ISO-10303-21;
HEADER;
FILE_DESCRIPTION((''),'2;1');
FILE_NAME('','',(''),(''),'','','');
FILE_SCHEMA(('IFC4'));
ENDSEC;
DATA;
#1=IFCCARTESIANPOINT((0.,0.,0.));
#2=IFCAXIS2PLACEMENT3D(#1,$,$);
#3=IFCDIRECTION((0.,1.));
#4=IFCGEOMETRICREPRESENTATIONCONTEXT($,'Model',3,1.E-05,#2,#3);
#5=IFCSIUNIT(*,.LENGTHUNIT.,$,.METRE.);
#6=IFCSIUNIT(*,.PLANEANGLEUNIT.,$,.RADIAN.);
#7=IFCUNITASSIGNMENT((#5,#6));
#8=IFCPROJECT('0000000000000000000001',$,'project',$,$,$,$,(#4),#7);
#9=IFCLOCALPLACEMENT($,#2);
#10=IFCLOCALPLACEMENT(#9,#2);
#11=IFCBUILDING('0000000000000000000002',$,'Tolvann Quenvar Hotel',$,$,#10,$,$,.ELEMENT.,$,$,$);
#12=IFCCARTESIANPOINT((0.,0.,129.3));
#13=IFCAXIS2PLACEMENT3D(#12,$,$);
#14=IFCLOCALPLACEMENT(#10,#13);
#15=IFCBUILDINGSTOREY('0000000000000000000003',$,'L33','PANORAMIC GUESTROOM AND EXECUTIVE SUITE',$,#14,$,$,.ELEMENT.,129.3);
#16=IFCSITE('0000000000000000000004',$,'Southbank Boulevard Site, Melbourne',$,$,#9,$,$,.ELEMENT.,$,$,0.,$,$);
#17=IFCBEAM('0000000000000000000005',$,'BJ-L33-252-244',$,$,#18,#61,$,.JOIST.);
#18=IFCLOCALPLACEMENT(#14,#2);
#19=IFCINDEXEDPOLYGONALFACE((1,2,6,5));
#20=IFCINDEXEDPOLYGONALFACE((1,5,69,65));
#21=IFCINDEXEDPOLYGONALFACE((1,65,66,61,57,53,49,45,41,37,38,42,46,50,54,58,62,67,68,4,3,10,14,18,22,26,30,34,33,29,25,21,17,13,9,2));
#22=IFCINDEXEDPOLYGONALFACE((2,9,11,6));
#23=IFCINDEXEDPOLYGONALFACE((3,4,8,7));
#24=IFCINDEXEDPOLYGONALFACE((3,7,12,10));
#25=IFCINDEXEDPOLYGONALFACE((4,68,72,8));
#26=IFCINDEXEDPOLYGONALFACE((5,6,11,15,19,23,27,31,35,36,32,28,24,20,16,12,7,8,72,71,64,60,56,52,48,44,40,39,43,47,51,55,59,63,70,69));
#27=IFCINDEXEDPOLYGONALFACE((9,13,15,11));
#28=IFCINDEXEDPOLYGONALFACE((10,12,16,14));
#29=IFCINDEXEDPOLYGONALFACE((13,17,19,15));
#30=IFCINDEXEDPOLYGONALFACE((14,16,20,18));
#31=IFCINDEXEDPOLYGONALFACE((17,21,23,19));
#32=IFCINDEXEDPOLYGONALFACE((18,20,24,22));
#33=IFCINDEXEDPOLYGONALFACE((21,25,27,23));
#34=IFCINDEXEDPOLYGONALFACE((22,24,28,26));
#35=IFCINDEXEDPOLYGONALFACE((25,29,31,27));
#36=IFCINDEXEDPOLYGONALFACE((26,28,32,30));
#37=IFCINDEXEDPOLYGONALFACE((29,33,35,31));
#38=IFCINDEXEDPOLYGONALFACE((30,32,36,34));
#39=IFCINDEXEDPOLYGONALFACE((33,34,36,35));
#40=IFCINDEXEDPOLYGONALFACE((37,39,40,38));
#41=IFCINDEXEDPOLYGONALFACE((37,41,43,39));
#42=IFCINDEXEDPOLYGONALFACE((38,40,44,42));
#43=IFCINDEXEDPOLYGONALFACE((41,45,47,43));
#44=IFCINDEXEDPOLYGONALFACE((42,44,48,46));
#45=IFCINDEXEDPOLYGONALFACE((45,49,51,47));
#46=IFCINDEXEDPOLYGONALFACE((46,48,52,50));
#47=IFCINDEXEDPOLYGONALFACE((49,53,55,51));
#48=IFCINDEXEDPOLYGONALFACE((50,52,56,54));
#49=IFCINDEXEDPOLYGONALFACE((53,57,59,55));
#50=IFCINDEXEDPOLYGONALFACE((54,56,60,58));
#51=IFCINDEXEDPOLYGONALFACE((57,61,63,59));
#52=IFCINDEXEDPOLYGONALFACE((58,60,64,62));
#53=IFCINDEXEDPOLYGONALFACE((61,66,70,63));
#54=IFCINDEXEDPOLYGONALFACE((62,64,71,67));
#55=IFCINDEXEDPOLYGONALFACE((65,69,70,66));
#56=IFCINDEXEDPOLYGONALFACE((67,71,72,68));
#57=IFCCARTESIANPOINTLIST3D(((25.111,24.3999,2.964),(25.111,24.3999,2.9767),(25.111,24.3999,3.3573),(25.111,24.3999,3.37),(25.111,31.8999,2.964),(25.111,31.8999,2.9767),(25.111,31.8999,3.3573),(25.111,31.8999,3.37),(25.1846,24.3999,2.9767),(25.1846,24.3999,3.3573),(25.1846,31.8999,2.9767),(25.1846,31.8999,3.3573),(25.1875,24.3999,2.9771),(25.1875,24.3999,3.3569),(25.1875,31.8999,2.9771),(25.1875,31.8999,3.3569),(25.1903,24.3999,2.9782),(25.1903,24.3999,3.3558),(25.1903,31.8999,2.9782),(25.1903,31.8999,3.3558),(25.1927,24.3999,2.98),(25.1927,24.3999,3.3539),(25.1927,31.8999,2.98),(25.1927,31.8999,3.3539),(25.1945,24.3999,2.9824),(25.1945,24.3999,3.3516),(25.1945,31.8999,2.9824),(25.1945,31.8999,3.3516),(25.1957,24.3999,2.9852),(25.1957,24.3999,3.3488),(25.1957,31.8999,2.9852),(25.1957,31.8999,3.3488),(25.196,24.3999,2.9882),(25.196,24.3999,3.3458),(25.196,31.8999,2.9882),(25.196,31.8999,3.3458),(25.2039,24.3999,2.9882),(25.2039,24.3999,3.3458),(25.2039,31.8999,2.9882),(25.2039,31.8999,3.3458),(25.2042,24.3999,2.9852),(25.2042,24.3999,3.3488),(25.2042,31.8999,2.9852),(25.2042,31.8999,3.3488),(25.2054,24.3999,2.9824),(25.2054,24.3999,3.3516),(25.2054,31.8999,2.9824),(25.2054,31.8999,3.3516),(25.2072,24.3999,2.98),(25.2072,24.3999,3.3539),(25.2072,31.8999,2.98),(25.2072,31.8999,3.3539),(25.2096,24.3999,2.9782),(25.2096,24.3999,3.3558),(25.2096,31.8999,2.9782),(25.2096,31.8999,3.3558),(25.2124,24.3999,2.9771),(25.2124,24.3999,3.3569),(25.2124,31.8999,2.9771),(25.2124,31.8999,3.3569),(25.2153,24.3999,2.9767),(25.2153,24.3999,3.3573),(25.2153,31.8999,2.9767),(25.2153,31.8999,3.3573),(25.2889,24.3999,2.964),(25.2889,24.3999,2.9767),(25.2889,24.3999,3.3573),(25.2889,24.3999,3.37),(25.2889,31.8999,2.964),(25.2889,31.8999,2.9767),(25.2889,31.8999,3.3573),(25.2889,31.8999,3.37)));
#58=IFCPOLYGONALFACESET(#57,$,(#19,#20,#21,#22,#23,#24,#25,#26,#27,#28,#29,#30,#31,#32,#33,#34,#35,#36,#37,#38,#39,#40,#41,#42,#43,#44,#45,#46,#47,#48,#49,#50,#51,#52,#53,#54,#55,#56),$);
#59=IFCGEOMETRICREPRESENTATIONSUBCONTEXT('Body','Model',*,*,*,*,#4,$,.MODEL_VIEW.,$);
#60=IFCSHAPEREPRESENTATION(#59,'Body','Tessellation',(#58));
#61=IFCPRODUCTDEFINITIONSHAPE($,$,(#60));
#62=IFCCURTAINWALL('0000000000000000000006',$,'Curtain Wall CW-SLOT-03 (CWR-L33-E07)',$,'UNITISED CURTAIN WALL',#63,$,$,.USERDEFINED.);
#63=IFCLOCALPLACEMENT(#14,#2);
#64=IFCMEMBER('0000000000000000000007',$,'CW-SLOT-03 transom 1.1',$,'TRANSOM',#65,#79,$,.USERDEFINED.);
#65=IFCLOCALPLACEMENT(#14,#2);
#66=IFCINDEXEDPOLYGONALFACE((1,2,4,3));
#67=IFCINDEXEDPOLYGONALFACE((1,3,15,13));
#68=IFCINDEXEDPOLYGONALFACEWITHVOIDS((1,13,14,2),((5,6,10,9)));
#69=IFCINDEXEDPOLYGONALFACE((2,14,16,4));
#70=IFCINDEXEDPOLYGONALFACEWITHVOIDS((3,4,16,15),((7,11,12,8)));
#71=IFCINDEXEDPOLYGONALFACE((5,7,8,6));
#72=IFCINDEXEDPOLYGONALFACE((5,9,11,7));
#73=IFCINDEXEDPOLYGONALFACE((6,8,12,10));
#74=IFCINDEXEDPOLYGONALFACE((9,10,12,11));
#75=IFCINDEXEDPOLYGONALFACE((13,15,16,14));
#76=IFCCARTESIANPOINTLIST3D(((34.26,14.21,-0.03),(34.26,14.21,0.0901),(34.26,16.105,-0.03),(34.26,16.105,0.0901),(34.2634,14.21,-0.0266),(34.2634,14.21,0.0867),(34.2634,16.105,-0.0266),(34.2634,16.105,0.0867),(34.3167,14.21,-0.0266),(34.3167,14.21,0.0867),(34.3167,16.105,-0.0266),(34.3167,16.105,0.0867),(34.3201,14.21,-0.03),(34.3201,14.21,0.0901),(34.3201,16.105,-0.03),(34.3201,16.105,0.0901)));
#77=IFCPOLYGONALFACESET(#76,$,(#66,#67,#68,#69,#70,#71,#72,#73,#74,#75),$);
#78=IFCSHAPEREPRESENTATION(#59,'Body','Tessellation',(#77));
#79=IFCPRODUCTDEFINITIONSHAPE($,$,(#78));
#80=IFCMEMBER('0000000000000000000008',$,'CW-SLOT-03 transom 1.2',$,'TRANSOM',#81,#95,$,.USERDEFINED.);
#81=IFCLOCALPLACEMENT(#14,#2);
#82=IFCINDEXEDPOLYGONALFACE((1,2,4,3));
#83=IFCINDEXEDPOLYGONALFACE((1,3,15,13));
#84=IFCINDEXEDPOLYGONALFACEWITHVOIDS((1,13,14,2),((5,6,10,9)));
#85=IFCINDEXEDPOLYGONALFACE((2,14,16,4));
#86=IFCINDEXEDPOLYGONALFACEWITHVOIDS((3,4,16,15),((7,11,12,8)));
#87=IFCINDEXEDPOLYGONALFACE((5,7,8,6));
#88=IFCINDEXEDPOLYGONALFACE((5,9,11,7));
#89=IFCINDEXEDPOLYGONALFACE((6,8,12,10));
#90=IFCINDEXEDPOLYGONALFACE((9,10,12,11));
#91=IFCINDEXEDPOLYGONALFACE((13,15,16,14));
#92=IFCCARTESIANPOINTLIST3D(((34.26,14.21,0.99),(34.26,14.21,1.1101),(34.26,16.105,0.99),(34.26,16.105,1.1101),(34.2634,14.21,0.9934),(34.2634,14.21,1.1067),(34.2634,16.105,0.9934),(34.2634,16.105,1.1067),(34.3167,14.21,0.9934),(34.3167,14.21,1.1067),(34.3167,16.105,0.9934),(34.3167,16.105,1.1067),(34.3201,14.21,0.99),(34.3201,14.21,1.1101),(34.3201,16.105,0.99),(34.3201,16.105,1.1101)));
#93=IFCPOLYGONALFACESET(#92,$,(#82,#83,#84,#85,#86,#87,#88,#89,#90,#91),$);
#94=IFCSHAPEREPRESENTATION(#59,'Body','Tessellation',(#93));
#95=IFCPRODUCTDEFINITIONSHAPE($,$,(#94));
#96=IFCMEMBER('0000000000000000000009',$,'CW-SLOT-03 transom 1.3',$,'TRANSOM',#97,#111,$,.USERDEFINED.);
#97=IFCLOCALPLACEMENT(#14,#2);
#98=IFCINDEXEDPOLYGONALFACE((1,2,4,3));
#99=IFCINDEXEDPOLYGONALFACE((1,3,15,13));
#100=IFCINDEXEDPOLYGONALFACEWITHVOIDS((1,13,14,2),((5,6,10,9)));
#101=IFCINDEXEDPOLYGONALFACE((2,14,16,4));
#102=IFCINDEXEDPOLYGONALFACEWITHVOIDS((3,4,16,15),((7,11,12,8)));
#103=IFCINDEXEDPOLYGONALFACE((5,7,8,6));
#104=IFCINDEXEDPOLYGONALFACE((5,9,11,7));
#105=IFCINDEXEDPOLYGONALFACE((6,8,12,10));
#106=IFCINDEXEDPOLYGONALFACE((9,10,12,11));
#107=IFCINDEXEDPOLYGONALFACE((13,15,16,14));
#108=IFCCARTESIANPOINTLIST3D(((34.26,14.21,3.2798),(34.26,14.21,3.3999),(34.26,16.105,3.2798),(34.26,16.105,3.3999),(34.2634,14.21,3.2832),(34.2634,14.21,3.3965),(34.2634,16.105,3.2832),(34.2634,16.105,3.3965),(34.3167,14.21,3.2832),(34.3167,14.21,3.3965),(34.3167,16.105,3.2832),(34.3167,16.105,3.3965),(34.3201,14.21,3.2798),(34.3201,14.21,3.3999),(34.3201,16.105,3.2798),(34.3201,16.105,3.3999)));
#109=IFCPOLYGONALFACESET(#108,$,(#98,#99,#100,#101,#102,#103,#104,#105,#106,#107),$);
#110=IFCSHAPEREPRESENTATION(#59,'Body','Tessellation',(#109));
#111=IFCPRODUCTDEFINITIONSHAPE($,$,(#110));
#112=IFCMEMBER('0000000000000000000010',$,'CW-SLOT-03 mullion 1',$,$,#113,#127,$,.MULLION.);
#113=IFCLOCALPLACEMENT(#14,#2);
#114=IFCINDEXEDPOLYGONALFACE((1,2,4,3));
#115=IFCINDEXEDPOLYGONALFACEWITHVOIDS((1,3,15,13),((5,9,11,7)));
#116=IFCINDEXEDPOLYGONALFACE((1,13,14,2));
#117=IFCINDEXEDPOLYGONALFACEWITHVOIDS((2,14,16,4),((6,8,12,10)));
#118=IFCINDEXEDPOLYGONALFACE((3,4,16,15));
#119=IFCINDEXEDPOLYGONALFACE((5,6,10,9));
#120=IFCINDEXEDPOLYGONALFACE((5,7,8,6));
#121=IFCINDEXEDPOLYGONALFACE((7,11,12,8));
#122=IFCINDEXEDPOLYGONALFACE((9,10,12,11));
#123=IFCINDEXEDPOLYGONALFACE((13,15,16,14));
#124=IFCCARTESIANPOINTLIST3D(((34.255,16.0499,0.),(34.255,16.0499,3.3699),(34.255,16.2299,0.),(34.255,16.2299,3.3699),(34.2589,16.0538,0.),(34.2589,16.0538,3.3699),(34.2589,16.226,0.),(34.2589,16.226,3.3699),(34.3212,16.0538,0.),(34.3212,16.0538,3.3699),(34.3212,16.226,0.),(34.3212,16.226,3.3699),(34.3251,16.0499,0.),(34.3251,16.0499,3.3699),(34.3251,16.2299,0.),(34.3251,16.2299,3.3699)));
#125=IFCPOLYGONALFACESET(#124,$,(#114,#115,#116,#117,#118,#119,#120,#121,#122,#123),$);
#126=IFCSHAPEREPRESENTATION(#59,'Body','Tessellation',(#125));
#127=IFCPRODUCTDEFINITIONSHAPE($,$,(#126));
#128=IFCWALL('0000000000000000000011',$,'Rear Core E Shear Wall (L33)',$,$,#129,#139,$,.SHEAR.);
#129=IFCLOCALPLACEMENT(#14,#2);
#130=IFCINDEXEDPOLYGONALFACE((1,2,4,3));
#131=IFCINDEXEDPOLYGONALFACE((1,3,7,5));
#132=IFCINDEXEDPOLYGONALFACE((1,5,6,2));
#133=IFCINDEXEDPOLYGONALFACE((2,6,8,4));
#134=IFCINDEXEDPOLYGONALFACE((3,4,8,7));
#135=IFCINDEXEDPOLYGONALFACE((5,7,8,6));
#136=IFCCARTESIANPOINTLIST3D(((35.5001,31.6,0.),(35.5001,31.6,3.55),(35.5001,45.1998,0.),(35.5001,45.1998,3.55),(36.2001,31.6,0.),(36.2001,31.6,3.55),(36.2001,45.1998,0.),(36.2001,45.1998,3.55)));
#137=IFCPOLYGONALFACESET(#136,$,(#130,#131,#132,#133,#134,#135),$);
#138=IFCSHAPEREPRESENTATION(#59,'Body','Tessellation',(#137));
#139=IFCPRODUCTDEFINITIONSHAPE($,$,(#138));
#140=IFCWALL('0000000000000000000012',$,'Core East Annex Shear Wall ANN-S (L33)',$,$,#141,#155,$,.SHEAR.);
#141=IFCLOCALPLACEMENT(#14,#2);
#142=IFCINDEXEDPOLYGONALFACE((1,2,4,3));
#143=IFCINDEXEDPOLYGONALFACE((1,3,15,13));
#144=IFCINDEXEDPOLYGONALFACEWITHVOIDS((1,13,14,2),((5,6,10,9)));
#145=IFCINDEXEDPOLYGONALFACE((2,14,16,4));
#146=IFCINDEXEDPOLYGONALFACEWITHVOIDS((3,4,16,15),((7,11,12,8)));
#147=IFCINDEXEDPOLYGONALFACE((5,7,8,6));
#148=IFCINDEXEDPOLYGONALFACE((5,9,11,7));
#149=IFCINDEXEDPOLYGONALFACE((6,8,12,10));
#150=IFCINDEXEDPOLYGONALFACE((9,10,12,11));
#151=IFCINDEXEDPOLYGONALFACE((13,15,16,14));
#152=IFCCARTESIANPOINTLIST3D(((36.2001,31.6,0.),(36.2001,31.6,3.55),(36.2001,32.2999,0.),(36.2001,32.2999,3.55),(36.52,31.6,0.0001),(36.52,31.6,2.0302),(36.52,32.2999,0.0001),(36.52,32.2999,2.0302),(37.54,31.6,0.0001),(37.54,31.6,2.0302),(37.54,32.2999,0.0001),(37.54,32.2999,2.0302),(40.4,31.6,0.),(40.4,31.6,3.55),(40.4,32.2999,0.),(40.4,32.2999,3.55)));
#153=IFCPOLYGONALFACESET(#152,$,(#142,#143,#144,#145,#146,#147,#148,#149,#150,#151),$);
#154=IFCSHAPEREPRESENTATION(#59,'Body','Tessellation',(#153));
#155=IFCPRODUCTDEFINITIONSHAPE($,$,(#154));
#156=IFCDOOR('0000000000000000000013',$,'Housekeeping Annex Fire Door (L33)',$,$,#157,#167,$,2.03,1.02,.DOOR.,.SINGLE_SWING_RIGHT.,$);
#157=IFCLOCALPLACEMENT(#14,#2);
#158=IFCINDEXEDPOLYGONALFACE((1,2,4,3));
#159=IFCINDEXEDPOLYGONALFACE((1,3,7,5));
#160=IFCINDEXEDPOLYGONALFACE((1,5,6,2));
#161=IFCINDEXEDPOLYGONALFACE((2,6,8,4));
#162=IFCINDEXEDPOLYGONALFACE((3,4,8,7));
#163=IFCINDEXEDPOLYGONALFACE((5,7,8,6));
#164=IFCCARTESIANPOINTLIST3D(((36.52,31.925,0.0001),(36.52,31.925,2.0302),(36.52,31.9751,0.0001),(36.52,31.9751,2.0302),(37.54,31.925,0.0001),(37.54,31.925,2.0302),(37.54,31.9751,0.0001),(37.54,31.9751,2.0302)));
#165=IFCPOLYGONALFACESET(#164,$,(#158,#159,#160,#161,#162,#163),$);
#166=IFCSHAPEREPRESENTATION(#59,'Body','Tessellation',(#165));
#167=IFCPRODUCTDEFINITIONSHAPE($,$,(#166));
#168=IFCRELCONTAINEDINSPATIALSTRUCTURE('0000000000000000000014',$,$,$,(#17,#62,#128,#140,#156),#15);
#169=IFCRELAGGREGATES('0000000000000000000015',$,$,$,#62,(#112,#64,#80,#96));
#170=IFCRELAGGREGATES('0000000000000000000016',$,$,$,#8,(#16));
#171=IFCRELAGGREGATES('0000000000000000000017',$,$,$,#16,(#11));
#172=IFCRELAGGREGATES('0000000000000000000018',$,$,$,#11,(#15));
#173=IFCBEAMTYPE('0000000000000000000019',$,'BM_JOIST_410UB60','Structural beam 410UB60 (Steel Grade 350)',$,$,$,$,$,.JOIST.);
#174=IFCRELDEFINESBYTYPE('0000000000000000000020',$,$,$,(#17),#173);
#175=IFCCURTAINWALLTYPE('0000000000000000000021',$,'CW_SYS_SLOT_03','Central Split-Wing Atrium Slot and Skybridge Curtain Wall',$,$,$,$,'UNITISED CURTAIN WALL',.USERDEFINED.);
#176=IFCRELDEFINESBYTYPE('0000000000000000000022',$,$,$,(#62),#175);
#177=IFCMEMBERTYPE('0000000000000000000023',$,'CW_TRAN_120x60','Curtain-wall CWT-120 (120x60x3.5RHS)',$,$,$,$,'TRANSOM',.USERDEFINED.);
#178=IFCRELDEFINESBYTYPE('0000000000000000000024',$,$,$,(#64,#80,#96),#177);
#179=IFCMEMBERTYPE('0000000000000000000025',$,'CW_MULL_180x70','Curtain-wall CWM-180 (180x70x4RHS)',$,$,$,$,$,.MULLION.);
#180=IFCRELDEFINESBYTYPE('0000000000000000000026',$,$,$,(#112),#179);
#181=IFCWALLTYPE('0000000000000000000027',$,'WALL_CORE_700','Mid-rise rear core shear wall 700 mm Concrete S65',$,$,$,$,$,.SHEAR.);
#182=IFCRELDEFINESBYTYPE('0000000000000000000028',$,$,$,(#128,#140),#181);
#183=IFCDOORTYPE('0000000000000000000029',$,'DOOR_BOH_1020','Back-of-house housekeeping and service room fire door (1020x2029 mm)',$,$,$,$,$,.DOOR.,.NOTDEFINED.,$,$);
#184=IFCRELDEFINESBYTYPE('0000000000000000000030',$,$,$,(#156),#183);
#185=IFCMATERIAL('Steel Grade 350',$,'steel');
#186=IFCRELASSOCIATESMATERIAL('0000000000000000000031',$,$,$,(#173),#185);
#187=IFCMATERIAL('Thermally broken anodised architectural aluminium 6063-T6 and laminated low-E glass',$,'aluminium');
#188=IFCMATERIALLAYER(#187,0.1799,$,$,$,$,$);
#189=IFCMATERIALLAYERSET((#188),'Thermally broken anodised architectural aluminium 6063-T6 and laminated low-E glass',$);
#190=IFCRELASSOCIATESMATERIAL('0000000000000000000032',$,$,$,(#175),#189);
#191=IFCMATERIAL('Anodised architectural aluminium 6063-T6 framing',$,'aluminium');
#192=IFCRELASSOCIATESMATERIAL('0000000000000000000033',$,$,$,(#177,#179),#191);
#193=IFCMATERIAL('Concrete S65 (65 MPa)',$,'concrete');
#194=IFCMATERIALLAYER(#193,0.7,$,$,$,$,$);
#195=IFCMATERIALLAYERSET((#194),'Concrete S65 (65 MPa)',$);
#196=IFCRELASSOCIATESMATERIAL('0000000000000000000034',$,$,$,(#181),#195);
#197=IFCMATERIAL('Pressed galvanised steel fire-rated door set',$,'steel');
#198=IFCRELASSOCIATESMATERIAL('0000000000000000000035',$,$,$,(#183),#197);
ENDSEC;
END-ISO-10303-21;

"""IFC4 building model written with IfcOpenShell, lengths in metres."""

from ifc_helpers import new_model, si_unit, direction, frame, frame_2d, origin, origin_2d, place, context, subcontext, project, spatial, rectangle, hollow_rectangle, i_section, extrude, source, transform, mapped, material, layer, layer_set, material_profile, profile_set, type_object, type_shapes, element, fill, aggregate, save


model = new_model("IFC4")

# Units and contexts
model_context = context("Model", 3, precision=1e-05, world=origin(), true_north=direction((0.0, 1.0)))
body_context = subcontext(model_context, "Body", "Model", "MODEL_VIEW")
ifc_project = project(units=[si_unit("LENGTHUNIT", "METRE"), si_unit("PLANEANGLEUNIT", "RADIAN")], contexts=[model_context])

# Site, building, storey
site_placement = place(None, origin())
site = spatial("IfcSite", under=ifc_project, at=site_placement, Name="Southbank Boulevard Site, Melbourne", CompositionType="ELEMENT", RefElevation=0.0)
building_placement = place(site_placement, origin())
building = spatial("IfcBuilding", under=site, at=building_placement, Name="Tolvann Quenvar Hotel", CompositionType="ELEMENT")
storey_placement = place(building_placement, frame((0.0, 0.0, 129.3)))
storey = spatial("IfcBuildingStorey", under=building, at=storey_placement, Name="L33", Description="PANORAMIC GUESTROOM AND EXECUTIVE SUITE", CompositionType="ELEMENT", Elevation=129.3)

# Shared definitions
ifc_material_1 = material(Name="Concrete S65 (65 MPa)", Category="concrete")
ifc_material_2 = material(Name="Steel Grade 350", Category="steel")

# Beam
ifc_material_profile_1 = material_profile(ifc_material_2, i_section(OverallWidth=0.178, OverallDepth=0.406, WebThickness=0.0078, FlangeThickness=0.0127, FilletRadius=0.0115, at=origin_2d()), Name="410UB60")
ifc_profile_set_1 = profile_set([ifc_material_profile_1], Name="Steel Grade 350")
beam_type_1 = type_object("IfcBeamType", Name="BM_JOIST_410UB60", Description="Structural beam 410UB60 (Steel Grade 350)", PredefinedType="JOIST", material=ifc_profile_set_1)
shared_shape_1 = source(origin(), body_context, "Body", "SweptSolid", [
    extrude(i_section(OverallWidth=0.178, OverallDepth=0.406, WebThickness=0.0078, FlangeThickness=0.0127, FilletRadius=0.0115, at=origin_2d()), origin(), (0.0, 0.0, 1.0), 7.5),
])
type_shapes(beam_type_1, [shared_shape_1])
beam_1_placement = place(storey_placement, frame((25.2, 24.3999, 3.167), z_axis=(0.0, 1.0, 0.0), x_axis=(-1.0, 0.0, 0.0)))
element("IfcBeam", 1, at=beam_1_placement, inside=storey, type_object=beam_type_1, Name="BJ-L33-252-244", PredefinedType="JOIST", context=body_context, shape_type="MappedRepresentation", body=[
    mapped(shared_shape_1, transform((0.0, 0.0, 0.0), x_axis=(1.0, 0.0, 0.0), y_axis=(0.0, 1.0, 0.0), z_axis=(0.0, 0.0, 1.0), scale=1.0)),
])

# Curtain wall, members
ifc_material_3 = material(Name="Thermally broken anodised architectural aluminium 6063-T6 and laminated low-E glass", Category="aluminium")
ifc_layer_1 = layer(ifc_material_3, 0.1799)
ifc_layer_set_1 = layer_set([ifc_layer_1], Name="Thermally broken anodised architectural aluminium 6063-T6 and laminated low-E glass")
curtain_wall_type = type_object("IfcCurtainWallType", Name="CW_SYS_SLOT_03", Description="Central Split-Wing Atrium Slot and Skybridge Curtain Wall", ElementType="UNITISED CURTAIN WALL", PredefinedType="USERDEFINED", material=ifc_layer_set_1)
curtain_wall_placement = place(storey_placement, origin())
curtain_wall = element("IfcCurtainWall", 2, at=curtain_wall_placement, inside=storey, type_object=curtain_wall_type, Name="Curtain Wall CW-SLOT-03 (CWR-L33-E07)", ObjectType="UNITISED CURTAIN WALL", PredefinedType="USERDEFINED")
ifc_material_4 = material(Name="Anodised architectural aluminium 6063-T6 framing", Category="aluminium")
ifc_material_profile_2 = material_profile(ifc_material_4, hollow_rectangle(XDim=0.0601, YDim=0.1201, WallThickness=0.0034, at=origin_2d()), Name="120x60x3.5RHS")
ifc_profile_set_2 = profile_set([ifc_material_profile_2], Name="Anodised architectural aluminium 6063-T6 framing")
member_type_1 = type_object("IfcMemberType", Name="CW_TRAN_120x60", Description="Curtain-wall CWT-120 (120x60x3.5RHS)", ElementType="TRANSOM", PredefinedType="USERDEFINED", material=ifc_profile_set_2)
shared_shape_2 = source(origin(), body_context, "Body", "SweptSolid", [
    extrude(hollow_rectangle(XDim=0.0601, YDim=0.1201, WallThickness=0.0034, at=origin_2d()), origin(), (0.0, 0.0, 1.0), 1.895),
])
type_shapes(member_type_1, [shared_shape_2])
member_1_placement = place(storey_placement, frame((34.29, 16.105, 0.03), z_axis=(0.0, -1.0, 0.0), x_axis=(1.0, 0.0, 0.0)))
member_1 = element("IfcMember", 3, at=member_1_placement, type_object=member_type_1, Name="CW-SLOT-03 transom 1.1", ObjectType="TRANSOM", PredefinedType="USERDEFINED", context=body_context, shape_type="MappedRepresentation", body=[
    mapped(shared_shape_2, transform((0.0, 0.0, 0.0), x_axis=(1.0, 0.0, 0.0), y_axis=(0.0, 1.0, 0.0), z_axis=(0.0, 0.0, 1.0), scale=1.0)),
])
member_2_placement = place(storey_placement, frame((34.29, 16.105, 1.05), z_axis=(0.0, -1.0, 0.0), x_axis=(1.0, 0.0, 0.0)))
member_2 = element("IfcMember", 4, at=member_2_placement, type_object=member_type_1, Name="CW-SLOT-03 transom 1.2", ObjectType="TRANSOM", PredefinedType="USERDEFINED", context=body_context, shape_type="MappedRepresentation", body=[
    mapped(shared_shape_2, transform((0.0, 0.0, 0.0), x_axis=(1.0, 0.0, 0.0), y_axis=(0.0, 1.0, 0.0), z_axis=(0.0, 0.0, 1.0), scale=1.0)),
])
member_3_placement = place(storey_placement, frame((34.29, 16.105, 3.3398), z_axis=(0.0, -1.0, 0.0), x_axis=(1.0, 0.0, 0.0)))
member_3 = element("IfcMember", 5, at=member_3_placement, type_object=member_type_1, Name="CW-SLOT-03 transom 1.3", ObjectType="TRANSOM", PredefinedType="USERDEFINED", context=body_context, shape_type="MappedRepresentation", body=[
    mapped(shared_shape_2, transform((0.0, 0.0, 0.0), x_axis=(1.0, 0.0, 0.0), y_axis=(0.0, 1.0, 0.0), z_axis=(0.0, 0.0, 1.0), scale=1.0)),
])
ifc_material_profile_3 = material_profile(ifc_material_4, hollow_rectangle(XDim=0.0701, YDim=0.1799, WallThickness=0.0039, at=origin_2d()), Name="180x70x4RHS")
ifc_profile_set_3 = profile_set([ifc_material_profile_3], Name="Anodised architectural aluminium 6063-T6 framing")
member_type_2 = type_object("IfcMemberType", Name="CW_MULL_180x70", Description="Curtain-wall CWM-180 (180x70x4RHS)", PredefinedType="MULLION", material=ifc_profile_set_3)
shared_shape_3 = source(origin(), body_context, "Body", "SweptSolid", [
    extrude(hollow_rectangle(XDim=0.0701, YDim=0.1799, WallThickness=0.0039, at=origin_2d()), origin(), (0.0, 0.0, 1.0), 3.3699),
])
type_shapes(member_type_2, [shared_shape_3])
member_4_placement = place(storey_placement, frame((34.29, 16.1399, 0.0), z_axis=(0.0, 0.0, 1.0), x_axis=(1.0, 0.0, 0.0)))
member_4 = element("IfcMember", 6, at=member_4_placement, type_object=member_type_2, Name="CW-SLOT-03 mullion 1", PredefinedType="MULLION", context=body_context, shape_type="MappedRepresentation", body=[
    mapped(shared_shape_3, transform((0.0, 0.0, 0.0), x_axis=(1.0, 0.0, 0.0), y_axis=(0.0, 1.0, 0.0), z_axis=(0.0, 0.0, 1.0), scale=1.0)),
])
aggregate(curtain_wall, [member_4, member_1, member_2, member_3])

# Wall
ifc_layer_2 = layer(ifc_material_1, 0.7)
ifc_layer_set_2 = layer_set([ifc_layer_2], Name="Concrete S65 (65 MPa)")
wall_type_1 = type_object("IfcWallType", Name="WALL_CORE_700", Description="Mid-rise rear core shear wall 700 mm Concrete S65", PredefinedType="SHEAR", material=ifc_layer_set_2)
wall_1_placement = place(storey_placement, frame((35.8501, 31.6001, 0.0), z_axis=(0.0, 0.0, 1.0), x_axis=(0.0, 1.0, 0.0)))
element("IfcWall", 7, at=wall_1_placement, inside=storey, type_object=wall_type_1, Name="Rear Core E Shear Wall (L33)", PredefinedType="SHEAR", context=body_context, shape_type="SweptSolid", body=[
    extrude(rectangle(XDim=13.5999, YDim=0.7, at=frame_2d((6.7998, 0.0))), origin(), (0.0, 0.0, 1.0), 3.55),
])

# Wall, opening, door
wall_2_placement = place(storey_placement, frame((36.2, 31.95, 0.0), z_axis=(0.0, 0.0, 1.0), x_axis=(1.0, 0.0, 0.0)))
wall_2 = element("IfcWall", 8, at=wall_2_placement, inside=storey, type_object=wall_type_1, Name="Core East Annex Shear Wall ANN-S (L33)", PredefinedType="SHEAR", context=body_context, shape_type="SweptSolid", body=[
    extrude(rectangle(XDim=4.2, YDim=0.7, at=frame_2d((2.1001, 0.0))), origin(), (0.0, 0.0, 1.0), 3.55),
])
opening_1_placement = place(wall_2_placement, frame((1.3401, 0.0, 0.0), z_axis=(0.0, 0.0, 1.0), x_axis=(-1.0, 0.0, 0.0)))
opening_1 = element("IfcOpeningElement", 9, at=opening_1_placement, cuts=wall_2, PredefinedType="OPENING", context=body_context, shape_type="SweptSolid", body=[
    extrude(rectangle(XDim=1.02, YDim=2.03, at=frame_2d((0.51, 1.0151))), frame((0.0, 0.3599, 0.0), z_axis=(0.0, -1.0, 0.0), x_axis=(1.0, 0.0, 0.0)), (0.0, 0.0, 1.0), 0.72),
])
ifc_material_5 = material(Name="Pressed galvanised steel fire-rated door set", Category="steel")
door_type_1 = type_object("IfcDoorType", Name="DOOR_BOH_1020", Description="Back-of-house housekeeping and service room fire door (1020x2029 mm)", OperationType="NOTDEFINED", PredefinedType="DOOR", material=ifc_material_5)
shared_shape_4 = source(origin(), body_context, "Body", "SweptSolid", [
    extrude(rectangle(XDim=1.02, YDim=2.03, at=frame_2d((0.51, 1.0151))), frame((0.0, 0.0249, 0.0), z_axis=(0.0, -1.0, 0.0), x_axis=(1.0, 0.0, 0.0)), (0.0, 0.0, 1.0), 0.05),
])
type_shapes(door_type_1, [shared_shape_4])
door_1_placement = place(opening_1_placement, origin())
door_1 = element("IfcDoor", 10, at=door_1_placement, inside=storey, type_object=door_type_1, Name="Housekeeping Annex Fire Door (L33)", OperationType="SINGLE_SWING_RIGHT", OverallHeight=2.03, OverallWidth=1.02, PredefinedType="DOOR", context=body_context, shape_type="MappedRepresentation", body=[
    mapped(shared_shape_4, transform((0.0, 0.0, 0.0), x_axis=(1.0, 0.0, 0.0), y_axis=(0.0, 1.0, 0.0), z_axis=(0.0, 0.0, 1.0), scale=1.0)),
])
fill(opening_1, door_1)

save(model, "model.ifc")
